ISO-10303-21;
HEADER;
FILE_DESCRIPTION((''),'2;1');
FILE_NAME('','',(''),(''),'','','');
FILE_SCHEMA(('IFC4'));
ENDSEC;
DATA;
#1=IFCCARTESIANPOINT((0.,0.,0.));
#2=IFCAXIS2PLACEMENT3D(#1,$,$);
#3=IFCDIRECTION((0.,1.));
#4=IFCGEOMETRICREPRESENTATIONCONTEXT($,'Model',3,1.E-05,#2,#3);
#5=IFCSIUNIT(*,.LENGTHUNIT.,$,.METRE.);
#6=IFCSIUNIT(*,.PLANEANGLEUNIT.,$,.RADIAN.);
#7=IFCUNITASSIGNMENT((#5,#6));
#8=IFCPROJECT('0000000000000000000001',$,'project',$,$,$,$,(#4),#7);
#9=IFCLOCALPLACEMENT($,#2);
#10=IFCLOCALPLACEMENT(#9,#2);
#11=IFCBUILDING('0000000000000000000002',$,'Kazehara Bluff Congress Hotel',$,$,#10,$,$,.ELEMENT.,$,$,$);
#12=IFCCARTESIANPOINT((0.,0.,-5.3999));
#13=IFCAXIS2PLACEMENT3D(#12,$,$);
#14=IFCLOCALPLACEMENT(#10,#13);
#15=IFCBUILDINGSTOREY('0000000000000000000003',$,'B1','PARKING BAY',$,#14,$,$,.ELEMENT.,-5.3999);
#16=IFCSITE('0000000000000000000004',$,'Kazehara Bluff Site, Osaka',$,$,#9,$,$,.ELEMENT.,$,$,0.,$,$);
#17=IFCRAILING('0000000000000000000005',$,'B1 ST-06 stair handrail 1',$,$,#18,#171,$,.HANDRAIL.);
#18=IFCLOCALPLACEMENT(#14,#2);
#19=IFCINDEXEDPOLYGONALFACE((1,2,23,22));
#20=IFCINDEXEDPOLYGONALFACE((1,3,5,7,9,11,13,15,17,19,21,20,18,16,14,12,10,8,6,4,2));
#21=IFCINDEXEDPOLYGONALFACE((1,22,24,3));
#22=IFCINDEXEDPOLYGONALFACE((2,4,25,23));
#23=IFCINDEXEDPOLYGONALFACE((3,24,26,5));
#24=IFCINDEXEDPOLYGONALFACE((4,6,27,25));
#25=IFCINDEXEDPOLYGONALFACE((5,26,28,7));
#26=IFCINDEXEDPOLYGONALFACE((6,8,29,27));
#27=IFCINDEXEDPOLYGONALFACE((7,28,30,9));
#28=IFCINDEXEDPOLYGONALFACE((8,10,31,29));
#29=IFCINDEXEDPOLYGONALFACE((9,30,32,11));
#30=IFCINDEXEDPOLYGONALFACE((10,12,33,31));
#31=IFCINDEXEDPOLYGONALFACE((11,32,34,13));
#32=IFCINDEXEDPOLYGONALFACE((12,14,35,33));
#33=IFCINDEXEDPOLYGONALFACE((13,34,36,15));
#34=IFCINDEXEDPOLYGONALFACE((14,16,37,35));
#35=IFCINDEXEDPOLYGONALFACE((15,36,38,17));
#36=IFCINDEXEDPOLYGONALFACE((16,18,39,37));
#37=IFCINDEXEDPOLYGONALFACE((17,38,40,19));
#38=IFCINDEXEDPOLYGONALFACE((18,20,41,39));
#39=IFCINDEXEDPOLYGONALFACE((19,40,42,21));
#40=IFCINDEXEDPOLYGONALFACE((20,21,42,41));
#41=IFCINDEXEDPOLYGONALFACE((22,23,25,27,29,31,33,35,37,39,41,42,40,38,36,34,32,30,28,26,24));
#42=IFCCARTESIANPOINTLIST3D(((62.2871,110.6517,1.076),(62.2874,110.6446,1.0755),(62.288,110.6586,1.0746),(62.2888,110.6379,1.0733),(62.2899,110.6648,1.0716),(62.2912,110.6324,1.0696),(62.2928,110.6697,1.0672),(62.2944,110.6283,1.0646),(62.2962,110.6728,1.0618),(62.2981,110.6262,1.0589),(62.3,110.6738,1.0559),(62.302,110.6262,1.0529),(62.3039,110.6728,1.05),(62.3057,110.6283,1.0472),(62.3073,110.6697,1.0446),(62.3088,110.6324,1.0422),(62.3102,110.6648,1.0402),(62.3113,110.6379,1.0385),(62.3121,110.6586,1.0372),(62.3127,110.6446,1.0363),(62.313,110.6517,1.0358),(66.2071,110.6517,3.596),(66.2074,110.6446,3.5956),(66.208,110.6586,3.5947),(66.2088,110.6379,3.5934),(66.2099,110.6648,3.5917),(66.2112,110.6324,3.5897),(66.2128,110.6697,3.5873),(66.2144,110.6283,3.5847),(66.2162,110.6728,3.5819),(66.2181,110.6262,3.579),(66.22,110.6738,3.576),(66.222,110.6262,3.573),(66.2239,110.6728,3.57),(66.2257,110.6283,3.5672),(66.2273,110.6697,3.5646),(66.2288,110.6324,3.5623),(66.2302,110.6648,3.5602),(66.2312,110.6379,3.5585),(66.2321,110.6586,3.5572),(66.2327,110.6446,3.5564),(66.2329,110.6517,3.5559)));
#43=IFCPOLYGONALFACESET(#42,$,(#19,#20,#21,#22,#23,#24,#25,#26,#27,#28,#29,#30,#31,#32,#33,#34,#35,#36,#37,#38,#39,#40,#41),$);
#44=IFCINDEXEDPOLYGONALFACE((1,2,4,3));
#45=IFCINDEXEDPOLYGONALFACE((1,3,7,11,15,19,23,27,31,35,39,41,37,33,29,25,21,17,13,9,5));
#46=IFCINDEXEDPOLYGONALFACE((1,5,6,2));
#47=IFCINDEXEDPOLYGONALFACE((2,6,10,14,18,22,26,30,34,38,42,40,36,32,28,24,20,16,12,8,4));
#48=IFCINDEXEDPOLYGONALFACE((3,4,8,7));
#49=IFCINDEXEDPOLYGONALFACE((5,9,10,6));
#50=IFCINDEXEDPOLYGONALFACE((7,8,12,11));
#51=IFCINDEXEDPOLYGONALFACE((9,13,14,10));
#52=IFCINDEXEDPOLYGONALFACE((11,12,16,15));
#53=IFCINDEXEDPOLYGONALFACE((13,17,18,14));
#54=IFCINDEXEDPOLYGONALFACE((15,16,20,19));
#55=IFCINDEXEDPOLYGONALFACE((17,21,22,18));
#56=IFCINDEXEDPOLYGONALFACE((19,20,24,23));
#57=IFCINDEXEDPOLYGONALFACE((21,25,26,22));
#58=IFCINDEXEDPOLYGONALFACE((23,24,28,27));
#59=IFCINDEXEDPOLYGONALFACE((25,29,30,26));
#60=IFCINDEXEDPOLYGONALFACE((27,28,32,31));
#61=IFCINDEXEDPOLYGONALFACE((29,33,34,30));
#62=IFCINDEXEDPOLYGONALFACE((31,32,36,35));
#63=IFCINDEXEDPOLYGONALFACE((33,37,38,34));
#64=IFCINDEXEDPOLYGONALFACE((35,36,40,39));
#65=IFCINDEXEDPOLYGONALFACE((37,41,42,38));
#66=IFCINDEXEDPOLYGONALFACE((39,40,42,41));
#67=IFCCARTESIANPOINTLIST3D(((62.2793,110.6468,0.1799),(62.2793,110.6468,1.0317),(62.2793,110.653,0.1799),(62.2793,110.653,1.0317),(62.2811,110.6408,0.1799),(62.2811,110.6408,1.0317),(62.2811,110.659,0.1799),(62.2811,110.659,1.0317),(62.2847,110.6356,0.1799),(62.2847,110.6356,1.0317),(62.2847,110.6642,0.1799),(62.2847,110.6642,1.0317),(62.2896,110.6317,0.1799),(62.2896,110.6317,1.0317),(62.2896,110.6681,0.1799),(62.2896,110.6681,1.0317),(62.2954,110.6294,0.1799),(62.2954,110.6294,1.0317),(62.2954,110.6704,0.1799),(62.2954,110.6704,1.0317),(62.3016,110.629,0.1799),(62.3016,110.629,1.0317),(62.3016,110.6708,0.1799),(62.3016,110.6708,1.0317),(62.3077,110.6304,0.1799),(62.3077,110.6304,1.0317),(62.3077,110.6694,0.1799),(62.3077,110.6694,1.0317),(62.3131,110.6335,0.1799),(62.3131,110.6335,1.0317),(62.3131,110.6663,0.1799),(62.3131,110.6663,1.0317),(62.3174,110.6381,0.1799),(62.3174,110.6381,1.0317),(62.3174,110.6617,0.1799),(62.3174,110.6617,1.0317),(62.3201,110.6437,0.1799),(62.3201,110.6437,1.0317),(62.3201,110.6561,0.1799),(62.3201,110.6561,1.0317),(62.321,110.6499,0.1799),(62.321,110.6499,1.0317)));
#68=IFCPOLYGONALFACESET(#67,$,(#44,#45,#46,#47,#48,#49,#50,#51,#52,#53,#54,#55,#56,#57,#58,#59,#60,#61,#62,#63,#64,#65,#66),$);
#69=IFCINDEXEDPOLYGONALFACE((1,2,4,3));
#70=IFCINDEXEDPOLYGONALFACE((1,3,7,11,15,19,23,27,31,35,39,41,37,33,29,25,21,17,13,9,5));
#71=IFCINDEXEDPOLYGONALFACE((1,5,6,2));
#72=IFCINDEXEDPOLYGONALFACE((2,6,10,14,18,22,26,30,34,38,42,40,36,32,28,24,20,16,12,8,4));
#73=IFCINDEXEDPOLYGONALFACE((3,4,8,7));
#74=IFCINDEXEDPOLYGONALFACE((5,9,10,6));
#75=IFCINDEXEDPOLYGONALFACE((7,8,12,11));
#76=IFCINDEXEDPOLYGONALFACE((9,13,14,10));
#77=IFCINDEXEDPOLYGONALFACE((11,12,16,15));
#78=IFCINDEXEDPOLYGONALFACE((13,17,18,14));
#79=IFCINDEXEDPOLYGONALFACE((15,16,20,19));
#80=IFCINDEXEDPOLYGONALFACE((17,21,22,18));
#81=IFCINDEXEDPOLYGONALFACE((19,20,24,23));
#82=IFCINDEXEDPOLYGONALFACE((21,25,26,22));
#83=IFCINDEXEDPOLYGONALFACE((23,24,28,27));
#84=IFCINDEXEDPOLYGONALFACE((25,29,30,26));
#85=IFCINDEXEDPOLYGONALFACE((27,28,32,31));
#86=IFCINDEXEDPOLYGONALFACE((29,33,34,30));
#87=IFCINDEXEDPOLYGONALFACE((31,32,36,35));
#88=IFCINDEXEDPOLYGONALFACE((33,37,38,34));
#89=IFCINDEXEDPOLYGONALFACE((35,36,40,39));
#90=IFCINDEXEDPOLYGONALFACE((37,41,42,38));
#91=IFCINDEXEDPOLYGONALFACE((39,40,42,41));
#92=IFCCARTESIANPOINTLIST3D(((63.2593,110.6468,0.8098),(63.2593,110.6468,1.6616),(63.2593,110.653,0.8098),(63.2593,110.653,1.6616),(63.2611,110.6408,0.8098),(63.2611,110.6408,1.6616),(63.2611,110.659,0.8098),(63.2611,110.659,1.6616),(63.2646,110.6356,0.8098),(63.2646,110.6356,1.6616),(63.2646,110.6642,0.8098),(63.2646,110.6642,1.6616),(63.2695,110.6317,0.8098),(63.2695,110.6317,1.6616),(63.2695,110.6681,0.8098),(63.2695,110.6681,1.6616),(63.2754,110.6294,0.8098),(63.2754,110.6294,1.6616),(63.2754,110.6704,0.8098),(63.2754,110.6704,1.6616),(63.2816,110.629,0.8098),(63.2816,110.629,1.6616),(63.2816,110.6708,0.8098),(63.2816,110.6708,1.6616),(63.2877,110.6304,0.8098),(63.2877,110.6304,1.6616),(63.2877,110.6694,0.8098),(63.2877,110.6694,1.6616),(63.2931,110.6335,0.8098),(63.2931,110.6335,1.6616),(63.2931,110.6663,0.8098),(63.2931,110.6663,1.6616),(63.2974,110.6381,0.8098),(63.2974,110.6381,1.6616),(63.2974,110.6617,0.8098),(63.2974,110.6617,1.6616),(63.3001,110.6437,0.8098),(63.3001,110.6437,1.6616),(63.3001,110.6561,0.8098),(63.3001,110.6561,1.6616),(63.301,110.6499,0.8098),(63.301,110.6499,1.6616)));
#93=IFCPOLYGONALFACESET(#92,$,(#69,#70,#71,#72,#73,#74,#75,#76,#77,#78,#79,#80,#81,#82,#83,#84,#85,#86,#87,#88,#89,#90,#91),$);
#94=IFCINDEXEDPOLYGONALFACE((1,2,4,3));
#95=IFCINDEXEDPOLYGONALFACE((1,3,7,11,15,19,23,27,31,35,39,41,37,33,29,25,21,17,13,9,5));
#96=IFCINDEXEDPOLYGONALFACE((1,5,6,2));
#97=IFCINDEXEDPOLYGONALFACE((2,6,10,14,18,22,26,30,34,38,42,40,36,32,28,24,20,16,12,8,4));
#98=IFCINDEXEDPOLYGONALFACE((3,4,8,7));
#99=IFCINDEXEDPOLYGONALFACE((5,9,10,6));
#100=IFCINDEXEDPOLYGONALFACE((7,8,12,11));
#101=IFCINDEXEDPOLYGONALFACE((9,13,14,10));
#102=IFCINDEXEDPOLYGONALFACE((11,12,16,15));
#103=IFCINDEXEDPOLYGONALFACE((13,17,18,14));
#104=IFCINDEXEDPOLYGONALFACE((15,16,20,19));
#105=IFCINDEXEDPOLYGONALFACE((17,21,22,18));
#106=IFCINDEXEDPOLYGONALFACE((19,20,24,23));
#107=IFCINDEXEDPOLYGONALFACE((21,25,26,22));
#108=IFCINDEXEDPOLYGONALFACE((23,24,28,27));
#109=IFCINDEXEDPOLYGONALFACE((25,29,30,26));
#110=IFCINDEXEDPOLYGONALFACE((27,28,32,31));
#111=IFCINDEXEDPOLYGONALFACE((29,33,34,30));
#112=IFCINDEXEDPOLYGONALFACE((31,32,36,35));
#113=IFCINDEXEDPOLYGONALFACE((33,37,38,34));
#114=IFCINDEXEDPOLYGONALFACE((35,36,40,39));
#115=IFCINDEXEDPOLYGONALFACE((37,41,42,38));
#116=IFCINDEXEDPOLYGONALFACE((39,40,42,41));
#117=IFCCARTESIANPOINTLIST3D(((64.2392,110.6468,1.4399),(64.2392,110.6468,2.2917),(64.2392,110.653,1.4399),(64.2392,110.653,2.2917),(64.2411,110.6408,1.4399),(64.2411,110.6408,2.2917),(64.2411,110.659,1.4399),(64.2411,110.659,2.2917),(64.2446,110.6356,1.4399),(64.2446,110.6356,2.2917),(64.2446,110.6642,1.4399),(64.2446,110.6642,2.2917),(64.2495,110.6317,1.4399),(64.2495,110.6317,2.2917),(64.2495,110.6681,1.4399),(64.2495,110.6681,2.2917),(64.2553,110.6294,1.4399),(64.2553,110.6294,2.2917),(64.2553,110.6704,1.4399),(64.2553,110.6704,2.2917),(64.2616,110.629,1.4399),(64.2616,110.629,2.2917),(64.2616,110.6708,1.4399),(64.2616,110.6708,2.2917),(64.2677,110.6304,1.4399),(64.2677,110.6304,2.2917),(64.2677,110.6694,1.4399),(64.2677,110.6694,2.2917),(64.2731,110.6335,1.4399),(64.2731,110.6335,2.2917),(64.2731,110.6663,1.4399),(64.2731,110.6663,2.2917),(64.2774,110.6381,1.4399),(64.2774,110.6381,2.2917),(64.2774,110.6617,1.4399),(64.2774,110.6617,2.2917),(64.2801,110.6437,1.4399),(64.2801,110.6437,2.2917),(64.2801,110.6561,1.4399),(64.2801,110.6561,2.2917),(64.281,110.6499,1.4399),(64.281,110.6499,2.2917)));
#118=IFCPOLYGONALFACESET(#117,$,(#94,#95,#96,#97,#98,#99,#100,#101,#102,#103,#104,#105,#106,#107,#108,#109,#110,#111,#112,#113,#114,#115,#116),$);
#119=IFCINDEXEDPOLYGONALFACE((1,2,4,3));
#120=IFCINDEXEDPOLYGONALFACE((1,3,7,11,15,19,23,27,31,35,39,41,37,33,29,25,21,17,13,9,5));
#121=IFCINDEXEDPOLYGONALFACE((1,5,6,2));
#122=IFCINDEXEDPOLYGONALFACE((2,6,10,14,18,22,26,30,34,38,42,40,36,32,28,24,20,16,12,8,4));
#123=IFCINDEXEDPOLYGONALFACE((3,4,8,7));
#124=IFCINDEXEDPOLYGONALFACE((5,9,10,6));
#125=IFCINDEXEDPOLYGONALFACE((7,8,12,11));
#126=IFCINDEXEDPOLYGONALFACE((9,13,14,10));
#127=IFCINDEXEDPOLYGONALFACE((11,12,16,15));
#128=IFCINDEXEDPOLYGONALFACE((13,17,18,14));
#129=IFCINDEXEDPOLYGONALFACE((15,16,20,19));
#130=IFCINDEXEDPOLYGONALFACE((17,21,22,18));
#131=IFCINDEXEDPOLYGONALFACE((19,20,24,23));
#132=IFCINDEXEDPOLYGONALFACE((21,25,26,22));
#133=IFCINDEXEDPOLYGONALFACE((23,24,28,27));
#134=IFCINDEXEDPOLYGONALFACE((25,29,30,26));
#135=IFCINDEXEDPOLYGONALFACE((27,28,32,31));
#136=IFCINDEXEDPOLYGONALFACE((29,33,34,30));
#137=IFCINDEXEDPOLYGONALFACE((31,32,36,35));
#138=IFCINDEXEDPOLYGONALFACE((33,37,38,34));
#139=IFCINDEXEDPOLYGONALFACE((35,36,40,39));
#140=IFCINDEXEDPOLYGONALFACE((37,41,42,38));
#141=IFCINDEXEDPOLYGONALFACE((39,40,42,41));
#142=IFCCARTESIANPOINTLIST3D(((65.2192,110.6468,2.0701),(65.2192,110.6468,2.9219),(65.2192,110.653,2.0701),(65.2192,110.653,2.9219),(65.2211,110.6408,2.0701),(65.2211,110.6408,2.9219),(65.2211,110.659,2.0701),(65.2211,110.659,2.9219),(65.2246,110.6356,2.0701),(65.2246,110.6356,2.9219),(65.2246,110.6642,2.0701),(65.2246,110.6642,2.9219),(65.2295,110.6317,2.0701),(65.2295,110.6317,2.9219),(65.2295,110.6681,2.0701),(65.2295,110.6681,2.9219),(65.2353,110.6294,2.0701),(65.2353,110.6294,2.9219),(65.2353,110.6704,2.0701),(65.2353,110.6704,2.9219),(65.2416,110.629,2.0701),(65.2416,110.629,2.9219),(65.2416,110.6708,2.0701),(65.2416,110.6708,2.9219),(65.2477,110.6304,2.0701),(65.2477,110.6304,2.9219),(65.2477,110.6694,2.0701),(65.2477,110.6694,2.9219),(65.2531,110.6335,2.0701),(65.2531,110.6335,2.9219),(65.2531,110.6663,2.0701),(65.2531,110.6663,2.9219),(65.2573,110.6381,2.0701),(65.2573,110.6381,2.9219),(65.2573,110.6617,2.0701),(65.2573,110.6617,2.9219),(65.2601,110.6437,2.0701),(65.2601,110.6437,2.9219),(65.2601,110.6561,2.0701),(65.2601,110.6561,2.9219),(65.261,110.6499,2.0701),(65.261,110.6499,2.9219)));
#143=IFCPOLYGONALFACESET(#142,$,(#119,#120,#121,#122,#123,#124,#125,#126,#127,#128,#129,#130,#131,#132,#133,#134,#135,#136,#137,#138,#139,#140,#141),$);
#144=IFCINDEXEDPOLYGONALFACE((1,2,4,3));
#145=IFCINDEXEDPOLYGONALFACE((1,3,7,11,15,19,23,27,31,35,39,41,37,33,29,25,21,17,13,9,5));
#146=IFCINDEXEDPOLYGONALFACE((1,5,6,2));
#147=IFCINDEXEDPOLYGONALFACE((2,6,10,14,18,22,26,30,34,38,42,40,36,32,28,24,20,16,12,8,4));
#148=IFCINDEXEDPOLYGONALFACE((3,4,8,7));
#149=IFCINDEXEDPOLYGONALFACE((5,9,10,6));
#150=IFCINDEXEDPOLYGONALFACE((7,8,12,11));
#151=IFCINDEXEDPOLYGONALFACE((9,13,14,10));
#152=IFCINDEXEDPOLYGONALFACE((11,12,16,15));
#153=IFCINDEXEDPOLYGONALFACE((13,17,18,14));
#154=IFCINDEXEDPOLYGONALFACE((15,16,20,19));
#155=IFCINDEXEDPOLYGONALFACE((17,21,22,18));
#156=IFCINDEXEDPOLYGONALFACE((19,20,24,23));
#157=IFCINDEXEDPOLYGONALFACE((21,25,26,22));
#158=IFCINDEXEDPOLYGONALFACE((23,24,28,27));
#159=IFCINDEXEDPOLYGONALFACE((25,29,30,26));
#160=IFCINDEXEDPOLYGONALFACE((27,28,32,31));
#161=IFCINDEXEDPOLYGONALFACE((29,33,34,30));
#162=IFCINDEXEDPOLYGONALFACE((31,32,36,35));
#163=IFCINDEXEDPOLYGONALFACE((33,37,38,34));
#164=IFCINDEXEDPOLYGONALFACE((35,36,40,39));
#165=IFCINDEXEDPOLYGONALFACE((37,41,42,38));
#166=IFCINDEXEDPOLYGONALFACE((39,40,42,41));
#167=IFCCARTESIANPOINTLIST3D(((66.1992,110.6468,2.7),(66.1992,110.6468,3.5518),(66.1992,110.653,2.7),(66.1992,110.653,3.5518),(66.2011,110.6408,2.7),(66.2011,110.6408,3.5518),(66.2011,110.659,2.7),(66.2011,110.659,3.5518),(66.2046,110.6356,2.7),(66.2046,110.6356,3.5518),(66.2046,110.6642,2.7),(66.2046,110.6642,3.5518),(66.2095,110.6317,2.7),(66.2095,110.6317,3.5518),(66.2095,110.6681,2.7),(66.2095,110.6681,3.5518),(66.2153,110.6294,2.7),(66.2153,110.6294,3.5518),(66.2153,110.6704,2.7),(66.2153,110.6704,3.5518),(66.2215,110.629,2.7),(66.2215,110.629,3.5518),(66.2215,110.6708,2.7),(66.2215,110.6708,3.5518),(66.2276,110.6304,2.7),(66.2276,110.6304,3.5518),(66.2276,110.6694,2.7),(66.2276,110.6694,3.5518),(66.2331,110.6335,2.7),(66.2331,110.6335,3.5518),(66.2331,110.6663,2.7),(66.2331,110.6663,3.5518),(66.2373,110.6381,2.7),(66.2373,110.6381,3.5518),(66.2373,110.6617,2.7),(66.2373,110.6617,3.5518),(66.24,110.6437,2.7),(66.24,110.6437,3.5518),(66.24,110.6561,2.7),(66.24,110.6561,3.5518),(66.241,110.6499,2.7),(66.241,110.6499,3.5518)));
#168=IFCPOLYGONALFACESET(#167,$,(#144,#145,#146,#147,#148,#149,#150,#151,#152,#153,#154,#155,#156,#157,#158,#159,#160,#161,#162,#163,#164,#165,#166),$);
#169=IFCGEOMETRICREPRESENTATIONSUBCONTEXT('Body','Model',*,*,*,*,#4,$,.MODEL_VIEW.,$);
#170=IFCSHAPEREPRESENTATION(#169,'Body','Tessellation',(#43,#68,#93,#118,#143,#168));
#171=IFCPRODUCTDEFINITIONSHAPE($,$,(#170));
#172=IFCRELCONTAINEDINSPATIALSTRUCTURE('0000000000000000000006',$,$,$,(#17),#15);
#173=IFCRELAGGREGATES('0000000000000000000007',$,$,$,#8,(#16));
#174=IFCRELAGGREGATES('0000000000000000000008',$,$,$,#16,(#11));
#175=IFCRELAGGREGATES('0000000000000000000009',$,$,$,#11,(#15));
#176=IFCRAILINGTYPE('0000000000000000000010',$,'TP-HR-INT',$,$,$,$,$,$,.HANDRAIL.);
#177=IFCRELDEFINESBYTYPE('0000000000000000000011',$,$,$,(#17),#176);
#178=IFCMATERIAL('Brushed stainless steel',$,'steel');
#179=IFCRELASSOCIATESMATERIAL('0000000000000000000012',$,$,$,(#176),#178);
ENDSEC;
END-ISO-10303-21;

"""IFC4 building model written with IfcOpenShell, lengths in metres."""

from ifc_helpers import new_model, si_unit, direction, frame, origin, origin_2d, place, context, subcontext, project, spatial, circle, extrude, material, type_object, element, save


model = new_model("IFC4")

# Units and contexts
model_context = context("Model", 3, precision=1e-05, world=origin(), true_north=direction((0.0, 1.0)))
body_context = subcontext(model_context, "Body", "Model", "MODEL_VIEW")
ifc_project = project(units=[si_unit("LENGTHUNIT", "METRE"), si_unit("PLANEANGLEUNIT", "RADIAN")], contexts=[model_context])

# Site, building, storey
site_placement = place(None, origin())
site = spatial("IfcSite", under=ifc_project, at=site_placement, Name="Kazehara Bluff Site, Osaka", CompositionType="ELEMENT", RefElevation=0.0)
building_placement = place(site_placement, origin())
building = spatial("IfcBuilding", under=site, at=building_placement, Name="Kazehara Bluff Congress Hotel", CompositionType="ELEMENT")
storey_placement = place(building_placement, frame((0.0, 0.0, -5.3999)))
storey = spatial("IfcBuildingStorey", under=building, at=storey_placement, Name="B1", Description="PARKING BAY", CompositionType="ELEMENT", Elevation=-5.3999)

# Railing
ifc_material_1 = material(Name="Brushed stainless steel", Category="steel")
railing_type_1 = type_object("IfcRailingType", Name="TP-HR-INT", PredefinedType="HANDRAIL", material=ifc_material_1)
railing_1_placement = place(storey_placement, frame((62.3, 110.6499, 0.1799)))
element("IfcRailing", 1, at=railing_1_placement, inside=storey, type_object=railing_type_1, Name="B1 ST-06 stair handrail 1", PredefinedType="HANDRAIL", context=body_context, shape_type="SweptSolid", body=[
    extrude(circle(Radius=0.0239, at=origin_2d()), frame((0.0, 0.0, 0.876), z_axis=(0.841172, 0.0, 0.540768), x_axis=(0.0, 1.0, 0.0)), (0.0, 0.0, 1.0), 4.6602),
    extrude(circle(Radius=0.021, at=origin_2d()), origin(), (0.0, 0.0, 1.0), 0.8518),
    extrude(circle(Radius=0.021, at=origin_2d()), frame((0.98, 0.0, 0.6299)), (0.0, 0.0, 1.0), 0.8518),
    extrude(circle(Radius=0.021, at=origin_2d()), frame((1.96, 0.0, 1.26)), (0.0, 0.0, 1.0), 0.8518),
    extrude(circle(Radius=0.021, at=origin_2d()), frame((2.9399, 0.0, 1.8901)), (0.0, 0.0, 1.0), 0.8518),
    extrude(circle(Radius=0.021, at=origin_2d()), frame((3.9199, 0.0, 2.52)), (0.0, 0.0, 1.0), 0.8518),
])

save(model, "model.ifc")
